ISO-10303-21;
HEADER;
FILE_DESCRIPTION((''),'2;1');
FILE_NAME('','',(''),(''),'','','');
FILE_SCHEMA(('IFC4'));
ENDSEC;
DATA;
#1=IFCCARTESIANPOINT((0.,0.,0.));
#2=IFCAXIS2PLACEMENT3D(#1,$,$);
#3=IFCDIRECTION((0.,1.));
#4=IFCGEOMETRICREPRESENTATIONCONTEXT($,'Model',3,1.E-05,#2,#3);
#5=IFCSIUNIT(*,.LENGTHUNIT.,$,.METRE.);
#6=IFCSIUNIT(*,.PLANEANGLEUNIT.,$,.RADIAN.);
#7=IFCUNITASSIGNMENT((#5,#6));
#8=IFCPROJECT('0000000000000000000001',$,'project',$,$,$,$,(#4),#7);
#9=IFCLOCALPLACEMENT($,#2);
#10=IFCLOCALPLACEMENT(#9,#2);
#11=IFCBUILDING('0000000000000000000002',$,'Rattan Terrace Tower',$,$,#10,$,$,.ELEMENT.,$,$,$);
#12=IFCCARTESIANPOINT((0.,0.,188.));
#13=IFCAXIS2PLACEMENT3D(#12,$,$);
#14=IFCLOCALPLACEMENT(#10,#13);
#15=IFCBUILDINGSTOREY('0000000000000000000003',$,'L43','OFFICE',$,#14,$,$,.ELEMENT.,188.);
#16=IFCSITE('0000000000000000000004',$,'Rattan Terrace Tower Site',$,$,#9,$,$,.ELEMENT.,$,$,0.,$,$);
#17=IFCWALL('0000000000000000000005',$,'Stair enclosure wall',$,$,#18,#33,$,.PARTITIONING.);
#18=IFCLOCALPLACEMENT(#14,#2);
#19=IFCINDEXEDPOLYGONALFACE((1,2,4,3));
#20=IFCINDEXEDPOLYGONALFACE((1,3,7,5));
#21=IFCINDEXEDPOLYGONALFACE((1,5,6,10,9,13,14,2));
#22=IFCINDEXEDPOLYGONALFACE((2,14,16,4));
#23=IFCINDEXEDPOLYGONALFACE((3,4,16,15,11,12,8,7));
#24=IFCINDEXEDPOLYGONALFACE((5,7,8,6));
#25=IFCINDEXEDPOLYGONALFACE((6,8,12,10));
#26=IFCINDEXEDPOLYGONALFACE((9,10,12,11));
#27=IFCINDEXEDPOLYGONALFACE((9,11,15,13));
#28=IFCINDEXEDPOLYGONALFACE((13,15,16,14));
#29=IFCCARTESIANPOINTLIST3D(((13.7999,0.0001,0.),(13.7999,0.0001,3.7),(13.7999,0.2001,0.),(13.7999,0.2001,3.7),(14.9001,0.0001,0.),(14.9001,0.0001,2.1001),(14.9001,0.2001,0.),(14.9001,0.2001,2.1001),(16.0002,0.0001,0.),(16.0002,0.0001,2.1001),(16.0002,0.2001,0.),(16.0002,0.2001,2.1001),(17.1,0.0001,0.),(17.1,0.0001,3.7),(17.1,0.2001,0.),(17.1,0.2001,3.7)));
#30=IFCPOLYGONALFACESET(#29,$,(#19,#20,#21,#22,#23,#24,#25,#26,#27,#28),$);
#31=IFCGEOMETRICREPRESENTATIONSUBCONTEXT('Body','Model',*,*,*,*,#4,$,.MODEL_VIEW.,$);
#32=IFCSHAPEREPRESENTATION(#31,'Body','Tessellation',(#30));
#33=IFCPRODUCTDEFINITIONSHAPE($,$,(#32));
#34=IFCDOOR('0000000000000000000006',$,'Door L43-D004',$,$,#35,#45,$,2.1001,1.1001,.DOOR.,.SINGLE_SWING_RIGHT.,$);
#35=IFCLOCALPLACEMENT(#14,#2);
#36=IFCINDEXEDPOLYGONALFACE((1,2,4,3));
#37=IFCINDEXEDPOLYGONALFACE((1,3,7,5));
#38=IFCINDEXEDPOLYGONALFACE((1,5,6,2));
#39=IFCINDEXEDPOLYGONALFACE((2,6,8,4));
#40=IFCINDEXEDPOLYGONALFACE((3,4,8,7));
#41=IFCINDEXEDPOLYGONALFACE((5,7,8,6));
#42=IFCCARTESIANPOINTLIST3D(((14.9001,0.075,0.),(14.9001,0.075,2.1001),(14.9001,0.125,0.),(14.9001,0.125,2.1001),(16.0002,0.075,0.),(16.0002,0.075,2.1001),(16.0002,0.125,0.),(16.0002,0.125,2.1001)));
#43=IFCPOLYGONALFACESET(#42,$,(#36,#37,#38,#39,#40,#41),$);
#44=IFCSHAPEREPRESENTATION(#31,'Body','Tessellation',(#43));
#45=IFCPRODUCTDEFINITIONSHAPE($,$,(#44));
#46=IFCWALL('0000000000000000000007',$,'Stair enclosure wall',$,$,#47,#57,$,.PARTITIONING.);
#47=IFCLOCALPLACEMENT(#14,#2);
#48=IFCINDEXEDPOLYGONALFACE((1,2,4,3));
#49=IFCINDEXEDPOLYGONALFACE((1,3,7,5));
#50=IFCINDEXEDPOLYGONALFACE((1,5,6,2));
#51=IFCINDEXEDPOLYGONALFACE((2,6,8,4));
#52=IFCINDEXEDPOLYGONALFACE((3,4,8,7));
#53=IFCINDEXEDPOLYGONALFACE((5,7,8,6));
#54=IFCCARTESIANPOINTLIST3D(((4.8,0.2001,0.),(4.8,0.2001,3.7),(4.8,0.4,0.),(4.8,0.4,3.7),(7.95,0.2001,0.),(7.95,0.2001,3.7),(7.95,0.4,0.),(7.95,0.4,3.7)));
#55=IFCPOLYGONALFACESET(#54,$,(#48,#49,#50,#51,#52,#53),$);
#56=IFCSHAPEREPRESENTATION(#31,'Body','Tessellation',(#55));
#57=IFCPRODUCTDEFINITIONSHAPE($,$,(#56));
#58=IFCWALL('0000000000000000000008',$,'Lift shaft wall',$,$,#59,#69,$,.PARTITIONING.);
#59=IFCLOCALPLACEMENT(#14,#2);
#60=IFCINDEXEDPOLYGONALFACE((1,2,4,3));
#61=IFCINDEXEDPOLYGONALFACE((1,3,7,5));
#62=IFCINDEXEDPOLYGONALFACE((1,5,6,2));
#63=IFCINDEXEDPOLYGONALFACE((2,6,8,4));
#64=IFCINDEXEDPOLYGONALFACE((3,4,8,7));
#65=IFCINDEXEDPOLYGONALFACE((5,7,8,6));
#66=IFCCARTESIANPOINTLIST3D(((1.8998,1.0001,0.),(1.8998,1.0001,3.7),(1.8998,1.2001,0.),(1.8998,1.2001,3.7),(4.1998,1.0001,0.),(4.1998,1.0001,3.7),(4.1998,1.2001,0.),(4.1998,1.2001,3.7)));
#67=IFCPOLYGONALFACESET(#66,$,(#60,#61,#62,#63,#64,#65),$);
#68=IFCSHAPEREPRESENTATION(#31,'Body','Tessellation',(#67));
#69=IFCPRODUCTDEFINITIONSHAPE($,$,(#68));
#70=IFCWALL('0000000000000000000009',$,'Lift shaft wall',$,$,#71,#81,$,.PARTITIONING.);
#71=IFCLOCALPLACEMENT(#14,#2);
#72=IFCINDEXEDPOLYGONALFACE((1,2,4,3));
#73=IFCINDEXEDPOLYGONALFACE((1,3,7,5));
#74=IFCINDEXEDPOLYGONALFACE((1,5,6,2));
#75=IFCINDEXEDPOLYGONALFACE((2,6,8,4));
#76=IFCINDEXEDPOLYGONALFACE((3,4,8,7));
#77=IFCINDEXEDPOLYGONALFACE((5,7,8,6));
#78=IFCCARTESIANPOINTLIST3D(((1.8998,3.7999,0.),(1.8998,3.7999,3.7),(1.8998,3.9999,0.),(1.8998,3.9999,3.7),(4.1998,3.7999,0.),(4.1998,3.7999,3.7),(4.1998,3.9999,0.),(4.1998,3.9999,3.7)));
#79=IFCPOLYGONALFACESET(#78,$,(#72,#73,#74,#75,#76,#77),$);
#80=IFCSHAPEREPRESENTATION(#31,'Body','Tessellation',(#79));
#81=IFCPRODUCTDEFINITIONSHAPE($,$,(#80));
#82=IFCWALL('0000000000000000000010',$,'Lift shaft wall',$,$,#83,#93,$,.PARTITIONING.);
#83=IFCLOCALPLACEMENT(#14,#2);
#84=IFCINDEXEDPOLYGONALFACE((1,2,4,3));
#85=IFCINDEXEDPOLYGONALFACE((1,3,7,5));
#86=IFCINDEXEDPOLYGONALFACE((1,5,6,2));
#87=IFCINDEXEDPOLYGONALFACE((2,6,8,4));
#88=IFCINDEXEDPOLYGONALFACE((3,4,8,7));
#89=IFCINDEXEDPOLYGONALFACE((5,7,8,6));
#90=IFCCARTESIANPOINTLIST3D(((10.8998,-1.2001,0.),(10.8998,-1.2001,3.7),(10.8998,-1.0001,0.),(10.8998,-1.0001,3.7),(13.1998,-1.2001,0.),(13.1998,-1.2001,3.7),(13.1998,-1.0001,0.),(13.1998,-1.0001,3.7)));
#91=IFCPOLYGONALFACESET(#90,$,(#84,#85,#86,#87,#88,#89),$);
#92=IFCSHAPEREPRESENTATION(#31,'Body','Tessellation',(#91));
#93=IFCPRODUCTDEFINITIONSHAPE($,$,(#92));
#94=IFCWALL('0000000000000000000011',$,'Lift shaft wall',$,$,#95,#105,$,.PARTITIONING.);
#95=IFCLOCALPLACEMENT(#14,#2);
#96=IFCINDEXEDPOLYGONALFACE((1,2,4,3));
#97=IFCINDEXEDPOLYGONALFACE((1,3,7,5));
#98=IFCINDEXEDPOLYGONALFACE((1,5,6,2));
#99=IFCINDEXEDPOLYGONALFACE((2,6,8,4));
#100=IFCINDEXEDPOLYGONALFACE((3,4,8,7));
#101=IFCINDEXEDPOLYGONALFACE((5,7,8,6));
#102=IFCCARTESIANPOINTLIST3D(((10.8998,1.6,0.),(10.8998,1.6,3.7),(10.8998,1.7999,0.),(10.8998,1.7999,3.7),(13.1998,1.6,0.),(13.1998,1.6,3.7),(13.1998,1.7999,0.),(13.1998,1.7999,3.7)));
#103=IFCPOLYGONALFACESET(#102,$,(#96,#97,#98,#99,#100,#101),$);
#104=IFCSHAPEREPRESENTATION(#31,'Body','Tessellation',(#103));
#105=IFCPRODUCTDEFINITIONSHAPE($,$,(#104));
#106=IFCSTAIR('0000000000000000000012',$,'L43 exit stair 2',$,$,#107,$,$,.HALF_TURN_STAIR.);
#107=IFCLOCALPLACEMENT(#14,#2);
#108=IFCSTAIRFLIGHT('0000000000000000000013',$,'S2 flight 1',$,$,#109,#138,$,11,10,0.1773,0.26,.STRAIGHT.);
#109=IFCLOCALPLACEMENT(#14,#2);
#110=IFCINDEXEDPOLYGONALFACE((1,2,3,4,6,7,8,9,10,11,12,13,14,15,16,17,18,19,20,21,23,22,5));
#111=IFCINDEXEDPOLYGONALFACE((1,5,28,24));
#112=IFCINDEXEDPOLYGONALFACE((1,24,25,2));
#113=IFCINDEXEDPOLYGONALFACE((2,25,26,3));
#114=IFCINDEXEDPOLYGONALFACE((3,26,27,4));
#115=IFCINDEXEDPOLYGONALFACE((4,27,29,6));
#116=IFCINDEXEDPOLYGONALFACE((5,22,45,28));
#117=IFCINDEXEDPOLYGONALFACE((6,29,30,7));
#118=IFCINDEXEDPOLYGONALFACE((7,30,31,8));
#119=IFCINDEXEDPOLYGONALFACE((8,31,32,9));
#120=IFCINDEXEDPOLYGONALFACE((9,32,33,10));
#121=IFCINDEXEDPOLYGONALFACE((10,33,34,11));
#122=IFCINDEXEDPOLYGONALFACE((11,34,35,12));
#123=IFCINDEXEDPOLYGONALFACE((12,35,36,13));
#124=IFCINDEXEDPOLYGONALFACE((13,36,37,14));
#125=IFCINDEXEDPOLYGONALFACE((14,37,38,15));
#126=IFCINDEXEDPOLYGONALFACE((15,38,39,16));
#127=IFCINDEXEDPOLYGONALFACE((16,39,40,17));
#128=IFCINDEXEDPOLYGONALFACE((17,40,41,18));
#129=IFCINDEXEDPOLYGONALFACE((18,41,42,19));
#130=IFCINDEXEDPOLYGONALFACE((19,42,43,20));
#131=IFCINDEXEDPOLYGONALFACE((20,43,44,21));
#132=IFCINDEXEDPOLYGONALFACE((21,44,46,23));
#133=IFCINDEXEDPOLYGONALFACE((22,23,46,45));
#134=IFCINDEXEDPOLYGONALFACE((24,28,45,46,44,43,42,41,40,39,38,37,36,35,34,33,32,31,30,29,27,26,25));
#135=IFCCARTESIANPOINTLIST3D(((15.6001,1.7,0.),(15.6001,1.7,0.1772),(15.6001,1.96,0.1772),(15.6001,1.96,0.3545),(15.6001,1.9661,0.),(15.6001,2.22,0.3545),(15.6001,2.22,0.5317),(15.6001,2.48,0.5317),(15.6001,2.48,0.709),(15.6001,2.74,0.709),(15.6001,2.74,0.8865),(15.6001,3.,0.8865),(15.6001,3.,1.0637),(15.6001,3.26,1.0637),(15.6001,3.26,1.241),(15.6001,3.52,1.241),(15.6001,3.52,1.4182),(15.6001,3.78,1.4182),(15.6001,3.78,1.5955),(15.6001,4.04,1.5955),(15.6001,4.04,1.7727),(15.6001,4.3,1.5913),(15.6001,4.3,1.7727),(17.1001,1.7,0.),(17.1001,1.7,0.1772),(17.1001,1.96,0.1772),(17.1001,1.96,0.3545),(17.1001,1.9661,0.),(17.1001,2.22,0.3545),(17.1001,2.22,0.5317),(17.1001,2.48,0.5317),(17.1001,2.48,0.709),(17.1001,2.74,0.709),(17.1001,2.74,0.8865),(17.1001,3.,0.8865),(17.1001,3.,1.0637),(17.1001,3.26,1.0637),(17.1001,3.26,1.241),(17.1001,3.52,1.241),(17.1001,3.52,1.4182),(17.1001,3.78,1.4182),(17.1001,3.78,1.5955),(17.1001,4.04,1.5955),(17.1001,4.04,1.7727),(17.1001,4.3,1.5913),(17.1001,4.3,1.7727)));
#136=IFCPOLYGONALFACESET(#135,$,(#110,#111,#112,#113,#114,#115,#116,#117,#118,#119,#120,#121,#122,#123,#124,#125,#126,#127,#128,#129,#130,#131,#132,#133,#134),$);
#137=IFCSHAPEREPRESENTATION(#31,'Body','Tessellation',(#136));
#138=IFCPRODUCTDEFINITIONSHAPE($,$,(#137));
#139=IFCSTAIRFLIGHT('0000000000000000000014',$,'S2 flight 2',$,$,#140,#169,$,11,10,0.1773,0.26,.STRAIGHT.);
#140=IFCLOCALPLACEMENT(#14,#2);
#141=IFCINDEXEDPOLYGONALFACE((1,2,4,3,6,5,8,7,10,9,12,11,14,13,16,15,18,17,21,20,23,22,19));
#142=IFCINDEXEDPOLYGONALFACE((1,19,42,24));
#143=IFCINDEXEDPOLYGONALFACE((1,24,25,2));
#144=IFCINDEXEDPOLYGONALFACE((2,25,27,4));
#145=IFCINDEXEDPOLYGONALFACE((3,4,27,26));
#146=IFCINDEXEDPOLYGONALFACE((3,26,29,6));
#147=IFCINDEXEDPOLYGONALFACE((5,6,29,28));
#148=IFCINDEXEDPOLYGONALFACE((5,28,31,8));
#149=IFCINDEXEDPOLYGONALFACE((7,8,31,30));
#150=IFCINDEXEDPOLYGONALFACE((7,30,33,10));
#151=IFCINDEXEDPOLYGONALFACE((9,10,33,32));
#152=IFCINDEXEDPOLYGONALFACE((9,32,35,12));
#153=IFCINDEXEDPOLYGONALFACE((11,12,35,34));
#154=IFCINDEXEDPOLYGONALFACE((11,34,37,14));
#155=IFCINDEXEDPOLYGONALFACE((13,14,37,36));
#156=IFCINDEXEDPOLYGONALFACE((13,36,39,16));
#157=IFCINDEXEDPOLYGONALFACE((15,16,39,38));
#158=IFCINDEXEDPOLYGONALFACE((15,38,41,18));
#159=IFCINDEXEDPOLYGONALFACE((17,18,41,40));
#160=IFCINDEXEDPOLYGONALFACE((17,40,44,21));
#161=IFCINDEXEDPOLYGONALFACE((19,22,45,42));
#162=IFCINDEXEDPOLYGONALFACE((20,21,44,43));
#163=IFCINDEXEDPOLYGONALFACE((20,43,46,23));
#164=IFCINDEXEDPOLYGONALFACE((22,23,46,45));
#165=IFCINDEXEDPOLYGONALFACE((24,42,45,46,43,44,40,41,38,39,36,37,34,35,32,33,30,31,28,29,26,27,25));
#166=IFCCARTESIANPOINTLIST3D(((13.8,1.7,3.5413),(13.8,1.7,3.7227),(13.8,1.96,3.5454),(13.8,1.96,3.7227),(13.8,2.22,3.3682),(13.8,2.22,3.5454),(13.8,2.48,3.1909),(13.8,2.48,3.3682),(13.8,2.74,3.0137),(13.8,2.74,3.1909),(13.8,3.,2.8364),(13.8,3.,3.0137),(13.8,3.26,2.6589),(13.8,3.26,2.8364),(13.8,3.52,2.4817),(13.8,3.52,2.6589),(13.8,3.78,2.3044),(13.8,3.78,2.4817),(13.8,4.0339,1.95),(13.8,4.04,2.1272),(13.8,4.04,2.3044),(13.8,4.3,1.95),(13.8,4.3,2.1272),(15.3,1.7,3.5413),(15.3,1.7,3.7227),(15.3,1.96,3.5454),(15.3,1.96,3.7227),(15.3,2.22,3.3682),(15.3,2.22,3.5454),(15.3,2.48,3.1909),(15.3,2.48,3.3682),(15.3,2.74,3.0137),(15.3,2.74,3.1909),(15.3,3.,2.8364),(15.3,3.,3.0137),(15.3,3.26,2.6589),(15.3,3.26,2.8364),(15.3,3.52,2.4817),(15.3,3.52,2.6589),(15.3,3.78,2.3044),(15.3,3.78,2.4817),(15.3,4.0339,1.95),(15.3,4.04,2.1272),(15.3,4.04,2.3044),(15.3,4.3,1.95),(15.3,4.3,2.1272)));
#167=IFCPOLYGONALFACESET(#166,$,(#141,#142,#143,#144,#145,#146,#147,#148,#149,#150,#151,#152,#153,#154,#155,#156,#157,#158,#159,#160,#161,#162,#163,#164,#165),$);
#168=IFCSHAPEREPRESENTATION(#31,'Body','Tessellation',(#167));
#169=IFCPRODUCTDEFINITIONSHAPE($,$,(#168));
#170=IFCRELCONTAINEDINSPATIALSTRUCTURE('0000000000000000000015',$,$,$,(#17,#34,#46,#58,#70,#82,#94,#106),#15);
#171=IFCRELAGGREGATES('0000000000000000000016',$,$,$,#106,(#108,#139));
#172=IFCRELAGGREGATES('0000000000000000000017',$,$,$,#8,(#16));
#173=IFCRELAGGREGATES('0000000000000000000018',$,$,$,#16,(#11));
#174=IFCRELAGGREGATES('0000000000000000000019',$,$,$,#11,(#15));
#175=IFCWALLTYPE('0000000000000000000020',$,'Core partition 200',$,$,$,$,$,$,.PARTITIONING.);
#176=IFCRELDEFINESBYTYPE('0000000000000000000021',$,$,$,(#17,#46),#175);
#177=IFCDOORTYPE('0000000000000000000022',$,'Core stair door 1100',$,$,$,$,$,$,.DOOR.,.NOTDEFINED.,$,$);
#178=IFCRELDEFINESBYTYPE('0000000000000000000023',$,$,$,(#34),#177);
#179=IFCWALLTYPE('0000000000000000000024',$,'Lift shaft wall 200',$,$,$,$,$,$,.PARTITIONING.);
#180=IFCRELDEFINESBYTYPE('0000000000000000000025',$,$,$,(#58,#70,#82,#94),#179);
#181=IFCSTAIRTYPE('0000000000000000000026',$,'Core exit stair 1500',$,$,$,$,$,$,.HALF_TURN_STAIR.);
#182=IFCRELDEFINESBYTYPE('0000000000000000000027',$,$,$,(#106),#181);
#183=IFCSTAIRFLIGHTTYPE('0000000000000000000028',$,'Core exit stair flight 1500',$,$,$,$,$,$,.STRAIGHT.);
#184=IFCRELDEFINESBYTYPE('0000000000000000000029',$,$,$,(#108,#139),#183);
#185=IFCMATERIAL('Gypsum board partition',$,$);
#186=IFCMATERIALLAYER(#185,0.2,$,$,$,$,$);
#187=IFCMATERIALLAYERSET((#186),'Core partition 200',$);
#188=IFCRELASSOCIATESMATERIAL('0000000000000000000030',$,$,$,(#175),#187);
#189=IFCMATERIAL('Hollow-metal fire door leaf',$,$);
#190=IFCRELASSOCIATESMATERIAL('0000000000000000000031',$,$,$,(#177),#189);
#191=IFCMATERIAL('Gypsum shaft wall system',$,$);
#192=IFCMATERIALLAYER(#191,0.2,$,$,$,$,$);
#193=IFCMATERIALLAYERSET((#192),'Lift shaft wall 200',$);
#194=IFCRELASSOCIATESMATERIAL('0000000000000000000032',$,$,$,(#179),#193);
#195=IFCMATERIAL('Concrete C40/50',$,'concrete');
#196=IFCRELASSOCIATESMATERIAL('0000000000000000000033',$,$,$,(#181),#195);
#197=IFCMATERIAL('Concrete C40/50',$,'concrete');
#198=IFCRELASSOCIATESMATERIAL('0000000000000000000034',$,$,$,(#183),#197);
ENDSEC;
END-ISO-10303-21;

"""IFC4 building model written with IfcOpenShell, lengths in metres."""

from ifc_helpers import new_model, si_unit, direction, frame, frame_2d, origin, place, context, subcontext, project, spatial, polyline, rectangle, outline, extrude, material, layer, layer_set, type_object, element, fill, aggregate, save


model = new_model("IFC4")

# Units and contexts
model_context = context("Model", 3, precision=1e-05, world=origin(), true_north=direction((0.0, 1.0)))
body_context = subcontext(model_context, "Body", "Model", "MODEL_VIEW")
ifc_project = project(units=[si_unit("LENGTHUNIT", "METRE"), si_unit("PLANEANGLEUNIT", "RADIAN")], contexts=[model_context])

# Site, building, storey
site_placement = place(None, origin())
site = spatial("IfcSite", under=ifc_project, at=site_placement, Name="Rattan Terrace Tower Site", CompositionType="ELEMENT", RefElevation=0.0)
building_placement = place(site_placement, origin())
building = spatial("IfcBuilding", under=site, at=building_placement, Name="Rattan Terrace Tower", CompositionType="ELEMENT")
storey_placement = place(building_placement, frame((0.0, 0.0, 188.0)))
storey = spatial("IfcBuildingStorey", under=building, at=storey_placement, Name="L43", Description="OFFICE", CompositionType="ELEMENT", Elevation=188.0)

# Wall, opening, door
ifc_material_1 = material(Name="Gypsum board partition")
ifc_layer_1 = layer(ifc_material_1, 0.2)
ifc_layer_set_1 = layer_set([ifc_layer_1], Name="Core partition 200")
wall_type_1 = type_object("IfcWallType", Name="Core partition 200", PredefinedType="PARTITIONING", material=ifc_layer_set_1)
wall_1_placement = place(storey_placement, frame((13.8, 0.1001, 0.0), z_axis=(0.0, 0.0, 1.0), x_axis=(1.0, 0.0, 0.0)))
wall_1 = element("IfcWall", 1, at=wall_1_placement, inside=storey, type_object=wall_type_1, Name="Stair enclosure wall", PredefinedType="PARTITIONING", context=body_context, shape_type="SweptSolid", body=[
    extrude(rectangle(XDim=3.3, YDim=0.2, at=frame_2d((1.6499, 0.0))), origin(), (0.0, 0.0, 1.0), 3.7),
])
opening_placement = place(wall_1_placement, frame((1.1001, 0.0, 0.0)))
opening = element("IfcOpeningElement", 2, at=opening_placement, cuts=wall_1, PredefinedType="OPENING", context=body_context, shape_type="SweptSolid", body=[
    extrude(rectangle(XDim=1.1001, YDim=2.1001, at=frame_2d((0.55, 1.05))), frame((0.0, 0.1106, 0.0), z_axis=(0.0, -1.0, 0.0), x_axis=(1.0, 0.0, 0.0)), (0.0, 0.0, 1.0), 0.2209),
])
ifc_material_2 = material(Name="Hollow-metal fire door leaf")
door_type = type_object("IfcDoorType", Name="Core stair door 1100", OperationType="NOTDEFINED", PredefinedType="DOOR", material=ifc_material_2)
door_placement = place(opening_placement, origin())
door = element("IfcDoor", 3, at=door_placement, inside=storey, type_object=door_type, Name="Door L43-D004", OperationType="SINGLE_SWING_RIGHT", OverallHeight=2.1001, OverallWidth=1.1001, PredefinedType="DOOR", context=body_context, shape_type="SweptSolid", body=[
    extrude(rectangle(XDim=1.1001, YDim=2.1001, at=frame_2d((0.55, 1.05))), frame((0.0, 0.0249, 0.0), z_axis=(0.0, -1.0, 0.0), x_axis=(1.0, 0.0, 0.0)), (0.0, 0.0, 1.0), 0.05),
])
fill(opening, door)

# Walls
wall_2_placement = place(storey_placement, frame((4.8, 0.3, 0.0), z_axis=(0.0, 0.0, 1.0), x_axis=(1.0, 0.0, 0.0)))
element("IfcWall", 4, at=wall_2_placement, inside=storey, type_object=wall_type_1, Name="Stair enclosure wall", PredefinedType="PARTITIONING", context=body_context, shape_type="SweptSolid", body=[
    extrude(rectangle(XDim=3.1499, YDim=0.2, at=frame_2d((1.575, 0.0))), origin(), (0.0, 0.0, 1.0), 3.7),
])
ifc_material_3 = material(Name="Gypsum shaft wall system")
ifc_layer_2 = layer(ifc_material_3, 0.2)
ifc_layer_set_2 = layer_set([ifc_layer_2], Name="Lift shaft wall 200")
wall_type_2 = type_object("IfcWallType", Name="Lift shaft wall 200", PredefinedType="PARTITIONING", material=ifc_layer_set_2)
for number, where, z_axis, x_axis, name in (
    (5, (1.8999, 1.1001, 0.0), (0.0, 0.0, 1.0), (1.0, 0.0, 0.0), "Lift shaft wall"),
    (6, (1.8999, 3.8999, 0.0), (0.0, 0.0, 1.0), (1.0, 0.0, 0.0), "Lift shaft wall"),
    (7, (10.8999, -1.1001, 0.0), (0.0, 0.0, 1.0), (1.0, 0.0, 0.0), "Lift shaft wall"),
    (8, (10.8999, 1.7, 0.0), (0.0, 0.0, 1.0), (1.0, 0.0, 0.0), "Lift shaft wall"),
):
    element("IfcWall", number, at=place(storey_placement, frame(where, z_axis=z_axis, x_axis=x_axis)), inside=storey, type_object=wall_type_2, Name=name, PredefinedType="PARTITIONING", context=body_context, shape_type="SweptSolid", body=[
        extrude(rectangle(XDim=2.3, YDim=0.2, at=frame_2d((1.1499, 0.0))), origin(), (0.0, 0.0, 1.0), 3.7),
    ])

# Stair, stair flights
ifc_material_4 = material(Name="Concrete C40/50", Category="concrete")
stair_type = type_object("IfcStairType", Name="Core exit stair 1500", PredefinedType="HALF_TURN_STAIR", material=ifc_material_4)
stair_1_placement = place(storey_placement, origin())
stair_1 = element("IfcStair", 9, at=stair_1_placement, inside=storey, type_object=stair_type, Name="L43 exit stair 2", PredefinedType="HALF_TURN_STAIR")
ifc_material_5 = material(Name="Concrete C40/50", Category="concrete")
stair_flight_type = type_object("IfcStairFlightType", Name="Core exit stair flight 1500", PredefinedType="STRAIGHT", material=ifc_material_5)
stair_flight_1_placement = place(storey_placement, frame((16.3501, 1.7, 0.0), z_axis=(0.0, 0.0, 1.0), x_axis=(0.0, 1.0, 0.0)))
stair_flight_1 = element("IfcStairFlight", 10, at=stair_flight_1_placement, type_object=stair_flight_type, Name="S2 flight 1", NumberOfRisers=11, NumberOfTreads=10, PredefinedType="STRAIGHT", RiserHeight=0.1773, TreadLength=0.26, context=body_context, shape_type="SweptSolid", body=[
    extrude(outline(polyline([(0.0, 0.0), (0.0, 0.1772), (0.26, 0.1772), (0.26, 0.3545), (0.52, 0.3545), (0.52, 0.5317), (0.78, 0.5317), (0.78, 0.709), (1.04, 0.709), (1.04, 0.8865), (1.3, 0.8865), (1.3, 1.0637), (1.5601, 1.0637), (1.5601, 1.241), (1.8201, 1.241), (1.8201, 1.4182), (2.0801, 1.4182), (2.0801, 1.5955), (2.3401, 1.5955), (2.3401, 1.7727), (2.6001, 1.7727), (2.6001, 1.95), (2.6001, 1.5913), (0.2661, 0.0), (0.0, 0.0)])), frame((0.0, 0.75, 0.0), z_axis=(0.0, -1.0, 0.0), x_axis=(1.0, 0.0, 0.0)), (0.0, 0.0, 1.0), 1.5),
])
stair_flight_2_placement = place(storey_placement, frame((14.55, 4.3, 1.95), z_axis=(0.0, 0.0, 1.0), x_axis=(0.0, -1.0, 0.0)))
stair_flight_2 = element("IfcStairFlight", 11, at=stair_flight_2_placement, type_object=stair_flight_type, Name="S2 flight 2", NumberOfRisers=11, NumberOfTreads=10, PredefinedType="STRAIGHT", RiserHeight=0.1773, TreadLength=0.26, context=body_context, shape_type="SweptSolid", body=[
    extrude(outline(polyline([(0.0, 0.0), (0.0, 0.1772), (0.26, 0.1772), (0.26, 0.3545), (0.52, 0.3545), (0.52, 0.5317), (0.78, 0.5317), (0.78, 0.709), (1.04, 0.709), (1.04, 0.8865), (1.3, 0.8865), (1.3, 1.0637), (1.5601, 1.0637), (1.5601, 1.241), (1.8201, 1.241), (1.8201, 1.4182), (2.0801, 1.4182), (2.0801, 1.5955), (2.3401, 1.5955), (2.3401, 1.7727), (2.6001, 1.7727), (2.6001, 1.95), (2.6001, 1.5913), (0.2661, 0.0), (0.0, 0.0)])), frame((0.0, 0.75, 0.0), z_axis=(0.0, -1.0, 0.0), x_axis=(1.0, 0.0, 0.0)), (0.0, 0.0, 1.0), 1.5),
])
aggregate(stair_1, [stair_flight_1, stair_flight_2])

save(model, "model.ifc")
